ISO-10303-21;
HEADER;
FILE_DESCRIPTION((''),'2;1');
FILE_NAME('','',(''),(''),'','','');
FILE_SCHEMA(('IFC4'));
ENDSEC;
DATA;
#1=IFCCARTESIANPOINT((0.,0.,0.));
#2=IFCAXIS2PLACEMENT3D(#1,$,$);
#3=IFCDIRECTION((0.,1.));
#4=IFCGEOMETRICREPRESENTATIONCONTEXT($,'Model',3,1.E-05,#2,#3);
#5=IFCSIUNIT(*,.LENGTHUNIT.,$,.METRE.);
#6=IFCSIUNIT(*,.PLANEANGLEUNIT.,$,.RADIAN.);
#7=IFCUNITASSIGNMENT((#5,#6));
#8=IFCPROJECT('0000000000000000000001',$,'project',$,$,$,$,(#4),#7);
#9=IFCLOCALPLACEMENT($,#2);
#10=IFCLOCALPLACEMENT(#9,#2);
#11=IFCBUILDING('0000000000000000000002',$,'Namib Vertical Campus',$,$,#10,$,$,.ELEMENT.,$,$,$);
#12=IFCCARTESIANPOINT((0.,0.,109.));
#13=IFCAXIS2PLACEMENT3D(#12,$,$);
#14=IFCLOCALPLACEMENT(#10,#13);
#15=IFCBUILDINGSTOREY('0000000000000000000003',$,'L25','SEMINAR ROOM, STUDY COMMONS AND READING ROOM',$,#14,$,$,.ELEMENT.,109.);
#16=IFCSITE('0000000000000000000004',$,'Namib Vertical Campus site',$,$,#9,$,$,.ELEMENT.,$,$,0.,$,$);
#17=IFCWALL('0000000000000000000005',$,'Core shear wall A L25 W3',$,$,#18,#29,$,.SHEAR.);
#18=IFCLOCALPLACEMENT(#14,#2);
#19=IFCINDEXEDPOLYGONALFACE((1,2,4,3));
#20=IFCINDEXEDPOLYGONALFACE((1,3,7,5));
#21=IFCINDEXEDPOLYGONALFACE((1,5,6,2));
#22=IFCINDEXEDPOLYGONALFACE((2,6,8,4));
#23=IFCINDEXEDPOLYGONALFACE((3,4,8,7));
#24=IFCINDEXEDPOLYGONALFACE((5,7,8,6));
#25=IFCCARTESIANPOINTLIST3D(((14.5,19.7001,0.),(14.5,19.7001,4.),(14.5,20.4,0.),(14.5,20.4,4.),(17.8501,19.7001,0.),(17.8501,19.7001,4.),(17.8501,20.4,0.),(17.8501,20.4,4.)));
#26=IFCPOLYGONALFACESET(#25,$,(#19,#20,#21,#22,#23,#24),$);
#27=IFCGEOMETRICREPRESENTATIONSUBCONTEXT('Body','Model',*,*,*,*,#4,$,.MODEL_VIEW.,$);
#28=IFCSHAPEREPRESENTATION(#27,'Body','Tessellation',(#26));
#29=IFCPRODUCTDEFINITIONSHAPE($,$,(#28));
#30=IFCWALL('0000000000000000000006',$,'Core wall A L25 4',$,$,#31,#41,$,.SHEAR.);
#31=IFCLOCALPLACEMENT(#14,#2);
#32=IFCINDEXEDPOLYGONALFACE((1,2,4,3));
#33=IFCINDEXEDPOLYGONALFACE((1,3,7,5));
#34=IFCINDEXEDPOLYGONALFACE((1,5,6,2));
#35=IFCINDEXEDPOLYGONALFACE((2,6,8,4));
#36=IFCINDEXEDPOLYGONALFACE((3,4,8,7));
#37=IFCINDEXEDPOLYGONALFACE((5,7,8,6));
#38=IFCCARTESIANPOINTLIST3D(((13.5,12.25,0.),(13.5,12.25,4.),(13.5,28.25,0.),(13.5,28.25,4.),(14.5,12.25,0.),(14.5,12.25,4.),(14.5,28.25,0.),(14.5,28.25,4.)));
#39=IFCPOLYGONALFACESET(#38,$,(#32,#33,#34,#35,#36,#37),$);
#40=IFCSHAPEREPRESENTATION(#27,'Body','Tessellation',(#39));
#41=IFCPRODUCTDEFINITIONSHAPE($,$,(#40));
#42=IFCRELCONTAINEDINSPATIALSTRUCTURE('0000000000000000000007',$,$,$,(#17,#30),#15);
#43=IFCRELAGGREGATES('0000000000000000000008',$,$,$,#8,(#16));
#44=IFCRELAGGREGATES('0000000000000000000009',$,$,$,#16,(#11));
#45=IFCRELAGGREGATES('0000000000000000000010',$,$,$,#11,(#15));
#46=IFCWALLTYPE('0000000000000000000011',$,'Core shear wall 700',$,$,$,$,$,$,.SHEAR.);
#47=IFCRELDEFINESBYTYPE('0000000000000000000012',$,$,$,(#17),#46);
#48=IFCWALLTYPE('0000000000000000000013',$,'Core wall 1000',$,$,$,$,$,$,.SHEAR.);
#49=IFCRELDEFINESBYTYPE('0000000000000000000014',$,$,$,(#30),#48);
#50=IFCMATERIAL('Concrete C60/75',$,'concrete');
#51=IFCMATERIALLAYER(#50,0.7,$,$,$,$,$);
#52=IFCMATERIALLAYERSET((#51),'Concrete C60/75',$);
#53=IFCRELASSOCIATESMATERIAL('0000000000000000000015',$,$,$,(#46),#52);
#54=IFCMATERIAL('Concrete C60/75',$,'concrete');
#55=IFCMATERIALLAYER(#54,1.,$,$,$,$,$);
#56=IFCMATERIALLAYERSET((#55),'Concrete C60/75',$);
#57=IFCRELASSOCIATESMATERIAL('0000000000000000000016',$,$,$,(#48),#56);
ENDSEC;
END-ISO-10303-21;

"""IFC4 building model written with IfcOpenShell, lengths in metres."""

from ifc_helpers import new_model, si_unit, direction, frame, frame_2d, origin, place, context, subcontext, project, spatial, rectangle, extrude, material, layer, layer_set, type_object, element, save


model = new_model("IFC4")

# Units and contexts
model_context = context("Model", 3, precision=1e-05, world=origin(), true_north=direction((0.0, 1.0)))
body_context = subcontext(model_context, "Body", "Model", "MODEL_VIEW")
ifc_project = project(units=[si_unit("LENGTHUNIT", "METRE"), si_unit("PLANEANGLEUNIT", "RADIAN")], contexts=[model_context])

# Site, building, storey
site_placement = place(None, origin())
site = spatial("IfcSite", under=ifc_project, at=site_placement, Name="Namib Vertical Campus site", CompositionType="ELEMENT", RefElevation=0.0)
building_placement = place(site_placement, origin())
building = spatial("IfcBuilding", under=site, at=building_placement, Name="Namib Vertical Campus", CompositionType="ELEMENT")
storey_placement = place(building_placement, frame((0.0, 0.0, 109.0)))
storey = spatial("IfcBuildingStorey", under=building, at=storey_placement, Name="L25", Description="SEMINAR ROOM, STUDY COMMONS AND READING ROOM", CompositionType="ELEMENT", Elevation=109.0)

# Walls
ifc_material_1 = material(Name="Concrete C60/75", Category="concrete")
ifc_layer_1 = layer(ifc_material_1, 0.7)
ifc_layer_set_1 = layer_set([ifc_layer_1], Name="Concrete C60/75")
wall_type_1 = type_object("IfcWallType", Name="Core shear wall 700", PredefinedType="SHEAR", material=ifc_layer_set_1)
wall_1_placement = place(storey_placement, frame((14.5, 20.05, 0.0), z_axis=(0.0, 0.0, 1.0), x_axis=(1.0, 0.0, 0.0)))
element("IfcWall", 1, at=wall_1_placement, inside=storey, type_object=wall_type_1, Name="Core shear wall A L25 W3", PredefinedType="SHEAR", context=body_context, shape_type="SweptSolid", body=[
    extrude(rectangle(XDim=3.3501, YDim=0.7, at=frame_2d((1.675, 0.0))), origin(), (0.0, 0.0, 1.0), 4.0),
])
ifc_material_2 = material(Name="Concrete C60/75", Category="concrete")
ifc_layer_2 = layer(ifc_material_2, 1.0)
ifc_layer_set_2 = layer_set([ifc_layer_2], Name="Concrete C60/75")
wall_type_2 = type_object("IfcWallType", Name="Core wall 1000", PredefinedType="SHEAR", material=ifc_layer_set_2)
wall_2_placement = place(storey_placement, frame((14.0, 28.25, 0.0), z_axis=(0.0, 0.0, 1.0), x_axis=(0.0, -1.0, 0.0)))
element("IfcWall", 2, at=wall_2_placement, inside=storey, type_object=wall_type_2, Name="Core wall A L25 4", PredefinedType="SHEAR", context=body_context, shape_type="SweptSolid", body=[
    extrude(rectangle(XDim=16.0, YDim=1.0, at=frame_2d((8.0, 0.0))), origin(), (0.0, 0.0, 1.0), 4.0),
])

save(model, "model.ifc")
